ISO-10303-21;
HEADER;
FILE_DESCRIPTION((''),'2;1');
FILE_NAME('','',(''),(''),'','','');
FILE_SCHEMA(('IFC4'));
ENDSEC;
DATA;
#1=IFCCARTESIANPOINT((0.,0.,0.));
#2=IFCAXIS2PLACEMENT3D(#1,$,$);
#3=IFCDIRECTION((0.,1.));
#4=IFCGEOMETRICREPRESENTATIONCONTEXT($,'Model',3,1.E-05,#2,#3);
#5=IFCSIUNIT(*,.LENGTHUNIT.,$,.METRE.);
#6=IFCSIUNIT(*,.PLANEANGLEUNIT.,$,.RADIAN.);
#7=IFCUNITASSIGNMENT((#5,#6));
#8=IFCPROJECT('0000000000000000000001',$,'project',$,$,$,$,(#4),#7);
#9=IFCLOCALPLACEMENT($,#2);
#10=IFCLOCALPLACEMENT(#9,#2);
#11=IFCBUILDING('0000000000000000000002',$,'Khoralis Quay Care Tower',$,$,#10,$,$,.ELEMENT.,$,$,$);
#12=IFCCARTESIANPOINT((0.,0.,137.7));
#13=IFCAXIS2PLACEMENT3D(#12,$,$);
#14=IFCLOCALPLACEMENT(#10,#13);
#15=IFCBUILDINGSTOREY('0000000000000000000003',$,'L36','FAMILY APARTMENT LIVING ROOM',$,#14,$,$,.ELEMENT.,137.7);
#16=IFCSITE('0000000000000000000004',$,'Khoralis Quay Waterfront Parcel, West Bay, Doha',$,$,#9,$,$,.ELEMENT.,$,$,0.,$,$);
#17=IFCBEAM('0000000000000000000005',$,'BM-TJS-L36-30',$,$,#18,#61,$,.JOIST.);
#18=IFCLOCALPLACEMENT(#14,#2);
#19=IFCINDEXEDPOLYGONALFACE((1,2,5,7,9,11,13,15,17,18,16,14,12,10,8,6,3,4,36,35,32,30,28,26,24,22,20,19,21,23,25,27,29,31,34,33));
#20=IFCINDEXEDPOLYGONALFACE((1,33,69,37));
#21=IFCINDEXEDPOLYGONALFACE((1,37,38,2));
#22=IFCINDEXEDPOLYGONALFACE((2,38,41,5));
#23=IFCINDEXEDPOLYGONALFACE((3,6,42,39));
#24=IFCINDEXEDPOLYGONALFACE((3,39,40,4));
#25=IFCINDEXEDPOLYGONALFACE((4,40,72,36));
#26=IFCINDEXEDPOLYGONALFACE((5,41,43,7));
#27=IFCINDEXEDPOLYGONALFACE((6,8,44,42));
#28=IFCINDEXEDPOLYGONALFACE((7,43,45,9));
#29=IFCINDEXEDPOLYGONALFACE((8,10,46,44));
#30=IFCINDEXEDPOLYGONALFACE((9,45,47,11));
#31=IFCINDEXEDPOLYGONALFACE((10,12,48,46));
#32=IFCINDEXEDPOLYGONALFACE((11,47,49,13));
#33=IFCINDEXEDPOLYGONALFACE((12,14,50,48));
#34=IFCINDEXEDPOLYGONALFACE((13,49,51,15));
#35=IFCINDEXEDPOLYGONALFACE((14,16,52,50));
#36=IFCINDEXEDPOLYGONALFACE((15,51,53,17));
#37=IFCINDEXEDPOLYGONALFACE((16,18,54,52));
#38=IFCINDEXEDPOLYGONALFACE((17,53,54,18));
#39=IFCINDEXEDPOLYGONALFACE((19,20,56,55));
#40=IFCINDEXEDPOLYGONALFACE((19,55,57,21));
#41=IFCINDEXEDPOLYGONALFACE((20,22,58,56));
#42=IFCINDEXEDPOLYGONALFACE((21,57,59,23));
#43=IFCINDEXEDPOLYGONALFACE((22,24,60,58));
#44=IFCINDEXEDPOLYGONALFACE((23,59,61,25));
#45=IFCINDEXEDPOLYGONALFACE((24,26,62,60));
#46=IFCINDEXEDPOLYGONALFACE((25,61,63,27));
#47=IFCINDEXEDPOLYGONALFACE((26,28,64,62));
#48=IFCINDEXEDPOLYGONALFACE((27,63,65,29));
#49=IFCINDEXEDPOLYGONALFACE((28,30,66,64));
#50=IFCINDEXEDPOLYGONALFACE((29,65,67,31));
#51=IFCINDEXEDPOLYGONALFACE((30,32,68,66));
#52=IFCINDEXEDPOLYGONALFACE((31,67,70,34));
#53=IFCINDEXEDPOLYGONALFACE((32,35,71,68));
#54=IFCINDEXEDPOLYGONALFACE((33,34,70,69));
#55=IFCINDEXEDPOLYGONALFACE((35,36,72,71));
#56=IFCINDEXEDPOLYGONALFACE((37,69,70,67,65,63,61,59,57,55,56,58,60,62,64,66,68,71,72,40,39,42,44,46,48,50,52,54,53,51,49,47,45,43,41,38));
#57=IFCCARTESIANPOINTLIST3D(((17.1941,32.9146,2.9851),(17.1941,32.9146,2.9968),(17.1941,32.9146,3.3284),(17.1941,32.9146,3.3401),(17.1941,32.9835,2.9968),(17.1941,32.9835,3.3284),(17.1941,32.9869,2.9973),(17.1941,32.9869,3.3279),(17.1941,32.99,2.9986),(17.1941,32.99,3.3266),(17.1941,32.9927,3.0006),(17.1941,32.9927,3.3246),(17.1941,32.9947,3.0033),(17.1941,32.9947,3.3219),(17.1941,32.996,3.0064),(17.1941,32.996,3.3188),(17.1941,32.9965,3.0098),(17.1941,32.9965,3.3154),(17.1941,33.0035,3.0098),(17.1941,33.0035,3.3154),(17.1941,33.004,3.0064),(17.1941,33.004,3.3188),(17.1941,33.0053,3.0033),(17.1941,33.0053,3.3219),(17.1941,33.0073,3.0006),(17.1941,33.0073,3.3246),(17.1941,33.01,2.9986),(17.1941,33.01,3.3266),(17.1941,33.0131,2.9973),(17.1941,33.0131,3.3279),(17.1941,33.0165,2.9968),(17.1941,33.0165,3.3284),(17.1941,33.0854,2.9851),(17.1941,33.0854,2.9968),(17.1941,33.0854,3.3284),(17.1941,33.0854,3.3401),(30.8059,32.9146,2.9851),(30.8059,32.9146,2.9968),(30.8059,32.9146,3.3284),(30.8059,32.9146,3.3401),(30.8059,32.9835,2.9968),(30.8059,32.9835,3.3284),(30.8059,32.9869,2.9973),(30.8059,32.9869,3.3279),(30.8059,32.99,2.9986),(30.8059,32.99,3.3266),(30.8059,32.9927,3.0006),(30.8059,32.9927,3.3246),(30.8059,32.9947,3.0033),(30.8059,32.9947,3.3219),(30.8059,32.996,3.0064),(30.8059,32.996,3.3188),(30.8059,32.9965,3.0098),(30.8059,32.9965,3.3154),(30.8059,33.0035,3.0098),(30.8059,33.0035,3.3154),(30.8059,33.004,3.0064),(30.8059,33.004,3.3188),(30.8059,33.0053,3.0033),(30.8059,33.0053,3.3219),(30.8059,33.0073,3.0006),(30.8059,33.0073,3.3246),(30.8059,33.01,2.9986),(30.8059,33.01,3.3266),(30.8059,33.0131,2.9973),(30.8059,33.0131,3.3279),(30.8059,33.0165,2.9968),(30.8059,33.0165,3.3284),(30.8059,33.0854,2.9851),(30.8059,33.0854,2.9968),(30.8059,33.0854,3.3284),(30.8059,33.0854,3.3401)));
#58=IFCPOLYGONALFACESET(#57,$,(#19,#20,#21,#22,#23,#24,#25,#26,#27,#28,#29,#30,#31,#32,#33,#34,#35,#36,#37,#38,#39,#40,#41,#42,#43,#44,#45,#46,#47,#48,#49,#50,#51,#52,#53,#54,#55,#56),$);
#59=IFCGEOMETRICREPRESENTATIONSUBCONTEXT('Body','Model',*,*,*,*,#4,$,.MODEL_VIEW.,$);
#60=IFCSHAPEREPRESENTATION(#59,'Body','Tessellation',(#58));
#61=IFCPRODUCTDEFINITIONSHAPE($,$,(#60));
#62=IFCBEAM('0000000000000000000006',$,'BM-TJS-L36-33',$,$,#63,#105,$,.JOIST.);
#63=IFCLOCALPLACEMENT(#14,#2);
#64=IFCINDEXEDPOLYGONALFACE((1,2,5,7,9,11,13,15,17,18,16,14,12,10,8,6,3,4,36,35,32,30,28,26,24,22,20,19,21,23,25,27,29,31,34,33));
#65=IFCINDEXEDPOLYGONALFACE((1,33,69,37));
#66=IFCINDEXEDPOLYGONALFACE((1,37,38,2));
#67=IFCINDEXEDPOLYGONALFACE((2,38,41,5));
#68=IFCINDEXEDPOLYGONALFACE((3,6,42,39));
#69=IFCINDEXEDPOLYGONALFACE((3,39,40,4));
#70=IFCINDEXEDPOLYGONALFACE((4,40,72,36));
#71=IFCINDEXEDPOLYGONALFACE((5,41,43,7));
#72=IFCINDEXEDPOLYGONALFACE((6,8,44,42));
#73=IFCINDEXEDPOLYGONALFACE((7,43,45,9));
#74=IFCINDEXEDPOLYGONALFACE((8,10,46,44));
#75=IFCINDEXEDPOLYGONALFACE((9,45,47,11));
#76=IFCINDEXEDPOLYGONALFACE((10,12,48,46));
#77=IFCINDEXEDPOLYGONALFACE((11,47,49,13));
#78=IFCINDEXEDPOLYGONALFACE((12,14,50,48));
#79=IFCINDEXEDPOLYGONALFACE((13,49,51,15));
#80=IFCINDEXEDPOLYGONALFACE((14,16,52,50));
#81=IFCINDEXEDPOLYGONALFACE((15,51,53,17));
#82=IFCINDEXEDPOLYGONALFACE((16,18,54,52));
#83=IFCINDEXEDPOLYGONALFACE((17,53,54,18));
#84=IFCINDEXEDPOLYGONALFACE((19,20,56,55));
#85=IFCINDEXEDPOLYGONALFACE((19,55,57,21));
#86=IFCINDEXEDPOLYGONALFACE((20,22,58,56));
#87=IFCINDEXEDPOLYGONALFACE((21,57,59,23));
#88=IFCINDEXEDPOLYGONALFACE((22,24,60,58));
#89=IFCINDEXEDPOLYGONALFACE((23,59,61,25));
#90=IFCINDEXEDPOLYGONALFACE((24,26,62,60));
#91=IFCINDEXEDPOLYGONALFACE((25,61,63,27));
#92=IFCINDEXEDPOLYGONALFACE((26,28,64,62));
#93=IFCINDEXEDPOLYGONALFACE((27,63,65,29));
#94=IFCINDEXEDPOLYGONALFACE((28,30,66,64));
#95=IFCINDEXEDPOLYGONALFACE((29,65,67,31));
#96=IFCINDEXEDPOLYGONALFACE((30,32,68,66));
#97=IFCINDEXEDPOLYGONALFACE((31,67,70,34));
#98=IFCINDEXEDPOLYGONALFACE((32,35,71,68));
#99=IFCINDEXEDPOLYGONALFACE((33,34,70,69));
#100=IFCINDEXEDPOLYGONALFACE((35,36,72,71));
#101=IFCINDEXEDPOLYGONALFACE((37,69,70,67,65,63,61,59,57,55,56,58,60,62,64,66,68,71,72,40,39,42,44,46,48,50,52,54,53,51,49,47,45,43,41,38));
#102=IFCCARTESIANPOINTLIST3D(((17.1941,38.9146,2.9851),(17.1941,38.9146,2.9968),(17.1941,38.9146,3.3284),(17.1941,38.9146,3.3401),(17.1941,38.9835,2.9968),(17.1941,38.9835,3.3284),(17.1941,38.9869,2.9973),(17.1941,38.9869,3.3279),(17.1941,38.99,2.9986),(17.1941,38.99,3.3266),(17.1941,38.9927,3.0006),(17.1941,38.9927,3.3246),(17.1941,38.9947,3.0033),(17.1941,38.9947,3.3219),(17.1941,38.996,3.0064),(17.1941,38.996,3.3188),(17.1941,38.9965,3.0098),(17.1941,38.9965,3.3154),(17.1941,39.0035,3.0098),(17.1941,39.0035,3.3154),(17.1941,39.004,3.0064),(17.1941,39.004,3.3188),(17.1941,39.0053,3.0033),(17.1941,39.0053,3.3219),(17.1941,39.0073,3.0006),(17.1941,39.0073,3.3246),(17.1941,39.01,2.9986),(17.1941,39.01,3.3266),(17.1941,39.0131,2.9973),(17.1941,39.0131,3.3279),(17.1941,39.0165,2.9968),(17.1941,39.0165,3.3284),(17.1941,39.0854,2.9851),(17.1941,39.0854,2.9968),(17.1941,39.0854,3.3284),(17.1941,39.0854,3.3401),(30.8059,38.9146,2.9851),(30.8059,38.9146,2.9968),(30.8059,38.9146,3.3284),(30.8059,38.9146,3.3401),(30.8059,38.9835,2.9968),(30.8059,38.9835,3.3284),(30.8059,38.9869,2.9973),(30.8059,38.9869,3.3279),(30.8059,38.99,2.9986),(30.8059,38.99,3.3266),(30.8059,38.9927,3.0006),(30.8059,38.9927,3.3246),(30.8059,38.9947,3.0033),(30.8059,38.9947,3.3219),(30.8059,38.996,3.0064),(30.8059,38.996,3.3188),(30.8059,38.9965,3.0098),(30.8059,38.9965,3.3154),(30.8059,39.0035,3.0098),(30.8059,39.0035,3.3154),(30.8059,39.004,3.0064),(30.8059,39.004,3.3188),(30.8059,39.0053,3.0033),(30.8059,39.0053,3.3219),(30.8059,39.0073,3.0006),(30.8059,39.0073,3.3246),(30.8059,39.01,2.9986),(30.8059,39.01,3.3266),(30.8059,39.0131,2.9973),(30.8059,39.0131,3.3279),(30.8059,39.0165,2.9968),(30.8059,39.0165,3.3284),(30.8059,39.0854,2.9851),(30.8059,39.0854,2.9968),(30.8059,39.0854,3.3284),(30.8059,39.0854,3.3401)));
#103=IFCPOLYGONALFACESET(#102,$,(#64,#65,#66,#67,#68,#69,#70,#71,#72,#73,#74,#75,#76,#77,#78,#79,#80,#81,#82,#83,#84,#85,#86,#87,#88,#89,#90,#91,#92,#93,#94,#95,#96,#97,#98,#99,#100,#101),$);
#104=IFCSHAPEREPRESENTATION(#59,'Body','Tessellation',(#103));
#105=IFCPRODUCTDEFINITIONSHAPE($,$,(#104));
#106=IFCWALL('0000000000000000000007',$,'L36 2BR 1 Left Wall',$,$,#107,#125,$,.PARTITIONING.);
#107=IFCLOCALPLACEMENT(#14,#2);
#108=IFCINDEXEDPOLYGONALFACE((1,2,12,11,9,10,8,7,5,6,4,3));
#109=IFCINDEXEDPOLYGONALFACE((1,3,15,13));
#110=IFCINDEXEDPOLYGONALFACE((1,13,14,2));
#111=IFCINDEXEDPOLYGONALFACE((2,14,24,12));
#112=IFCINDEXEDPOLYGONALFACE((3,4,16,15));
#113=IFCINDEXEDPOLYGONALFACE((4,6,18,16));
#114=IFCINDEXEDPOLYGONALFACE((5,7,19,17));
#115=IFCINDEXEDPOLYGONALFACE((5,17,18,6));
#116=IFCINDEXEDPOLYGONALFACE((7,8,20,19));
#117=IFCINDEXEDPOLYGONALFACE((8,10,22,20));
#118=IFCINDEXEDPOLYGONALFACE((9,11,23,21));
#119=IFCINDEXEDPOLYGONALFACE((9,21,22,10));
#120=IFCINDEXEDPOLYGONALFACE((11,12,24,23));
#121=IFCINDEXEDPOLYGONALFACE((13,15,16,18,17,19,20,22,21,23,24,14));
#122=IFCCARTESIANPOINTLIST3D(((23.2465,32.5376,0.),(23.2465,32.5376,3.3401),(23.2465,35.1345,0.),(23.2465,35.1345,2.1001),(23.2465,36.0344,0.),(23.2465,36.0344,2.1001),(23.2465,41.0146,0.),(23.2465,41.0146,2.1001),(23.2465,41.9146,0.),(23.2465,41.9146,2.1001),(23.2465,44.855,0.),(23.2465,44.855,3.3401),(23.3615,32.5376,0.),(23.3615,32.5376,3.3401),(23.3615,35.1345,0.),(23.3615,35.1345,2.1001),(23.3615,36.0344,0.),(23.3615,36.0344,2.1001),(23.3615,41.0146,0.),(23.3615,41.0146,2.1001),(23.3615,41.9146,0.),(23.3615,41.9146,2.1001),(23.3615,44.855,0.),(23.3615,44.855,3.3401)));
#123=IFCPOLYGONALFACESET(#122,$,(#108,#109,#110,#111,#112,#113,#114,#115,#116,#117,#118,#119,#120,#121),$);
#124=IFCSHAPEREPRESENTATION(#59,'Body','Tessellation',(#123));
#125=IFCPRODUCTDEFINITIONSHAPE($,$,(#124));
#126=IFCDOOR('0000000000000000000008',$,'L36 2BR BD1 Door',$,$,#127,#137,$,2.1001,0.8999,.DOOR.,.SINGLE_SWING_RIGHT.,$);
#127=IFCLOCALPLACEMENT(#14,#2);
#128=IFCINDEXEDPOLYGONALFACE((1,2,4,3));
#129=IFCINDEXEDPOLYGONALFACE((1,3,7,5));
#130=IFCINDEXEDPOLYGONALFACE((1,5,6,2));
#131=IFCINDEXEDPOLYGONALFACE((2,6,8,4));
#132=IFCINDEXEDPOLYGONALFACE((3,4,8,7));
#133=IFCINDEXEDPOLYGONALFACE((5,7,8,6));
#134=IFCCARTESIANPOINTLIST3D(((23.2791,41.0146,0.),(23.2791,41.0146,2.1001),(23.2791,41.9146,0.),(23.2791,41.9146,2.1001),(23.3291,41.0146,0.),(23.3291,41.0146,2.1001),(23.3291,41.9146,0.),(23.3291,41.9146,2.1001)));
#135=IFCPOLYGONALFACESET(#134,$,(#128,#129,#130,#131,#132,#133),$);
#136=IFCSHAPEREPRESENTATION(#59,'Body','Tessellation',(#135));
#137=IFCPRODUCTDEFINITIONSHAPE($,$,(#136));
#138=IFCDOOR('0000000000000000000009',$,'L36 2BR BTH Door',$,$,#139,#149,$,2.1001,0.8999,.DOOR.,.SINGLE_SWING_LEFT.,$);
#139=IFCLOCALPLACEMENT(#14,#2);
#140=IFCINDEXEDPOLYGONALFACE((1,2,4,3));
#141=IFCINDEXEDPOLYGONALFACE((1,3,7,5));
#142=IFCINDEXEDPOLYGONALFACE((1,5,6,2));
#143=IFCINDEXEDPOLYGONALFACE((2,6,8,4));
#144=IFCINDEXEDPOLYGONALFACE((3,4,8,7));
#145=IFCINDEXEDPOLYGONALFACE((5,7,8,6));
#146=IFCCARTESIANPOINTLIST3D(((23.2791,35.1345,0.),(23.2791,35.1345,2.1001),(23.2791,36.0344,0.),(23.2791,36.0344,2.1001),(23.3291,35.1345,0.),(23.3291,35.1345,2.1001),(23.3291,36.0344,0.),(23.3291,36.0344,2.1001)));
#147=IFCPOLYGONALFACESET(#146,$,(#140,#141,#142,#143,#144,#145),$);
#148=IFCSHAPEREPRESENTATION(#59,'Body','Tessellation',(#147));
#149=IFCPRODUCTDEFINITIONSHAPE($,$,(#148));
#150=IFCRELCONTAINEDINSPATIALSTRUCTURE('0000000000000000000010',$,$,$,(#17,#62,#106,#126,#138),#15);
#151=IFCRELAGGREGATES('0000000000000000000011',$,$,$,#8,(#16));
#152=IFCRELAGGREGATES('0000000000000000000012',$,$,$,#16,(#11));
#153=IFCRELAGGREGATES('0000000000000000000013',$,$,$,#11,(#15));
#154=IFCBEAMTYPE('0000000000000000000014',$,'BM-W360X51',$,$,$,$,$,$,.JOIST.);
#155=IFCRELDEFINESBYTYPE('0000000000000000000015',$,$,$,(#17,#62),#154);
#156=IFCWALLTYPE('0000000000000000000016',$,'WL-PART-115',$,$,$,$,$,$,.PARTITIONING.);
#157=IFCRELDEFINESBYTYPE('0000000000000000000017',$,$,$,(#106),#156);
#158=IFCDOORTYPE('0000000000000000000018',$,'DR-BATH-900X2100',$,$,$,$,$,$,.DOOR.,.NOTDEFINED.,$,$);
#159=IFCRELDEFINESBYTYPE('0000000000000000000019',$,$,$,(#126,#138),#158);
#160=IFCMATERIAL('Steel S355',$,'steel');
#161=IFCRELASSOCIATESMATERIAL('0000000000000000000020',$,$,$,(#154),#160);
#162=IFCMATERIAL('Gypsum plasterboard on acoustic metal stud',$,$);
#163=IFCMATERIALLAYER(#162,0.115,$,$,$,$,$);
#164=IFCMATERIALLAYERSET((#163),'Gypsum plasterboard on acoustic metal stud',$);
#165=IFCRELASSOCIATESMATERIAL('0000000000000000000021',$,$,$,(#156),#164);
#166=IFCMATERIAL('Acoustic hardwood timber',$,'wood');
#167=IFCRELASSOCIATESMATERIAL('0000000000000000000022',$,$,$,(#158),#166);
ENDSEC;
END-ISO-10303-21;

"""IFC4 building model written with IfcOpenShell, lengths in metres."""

from ifc_helpers import new_model, si_unit, direction, frame, frame_2d, origin, origin_2d, place, context, subcontext, project, spatial, rectangle, i_section, extrude, source, transform, mapped, material, layer, layer_set, material_profile, profile_set, type_object, element, fill, save


model = new_model("IFC4")

# Units and contexts
model_context = context("Model", 3, precision=1e-05, world=origin(), true_north=direction((0.0, 1.0)))
body_context = subcontext(model_context, "Body", "Model", "MODEL_VIEW")
ifc_project = project(units=[si_unit("LENGTHUNIT", "METRE"), si_unit("PLANEANGLEUNIT", "RADIAN")], contexts=[model_context])

# Site, building, storey
site_placement = place(None, origin())
site = spatial("IfcSite", under=ifc_project, at=site_placement, Name="Khoralis Quay Waterfront Parcel, West Bay, Doha", CompositionType="ELEMENT", RefElevation=0.0)
building_placement = place(site_placement, origin())
building = spatial("IfcBuilding", under=site, at=building_placement, Name="Khoralis Quay Care Tower", CompositionType="ELEMENT")
storey_placement = place(building_placement, frame((0.0, 0.0, 137.7)))
storey = spatial("IfcBuildingStorey", under=building, at=storey_placement, Name="L36", Description="FAMILY APARTMENT LIVING ROOM", CompositionType="ELEMENT", Elevation=137.7)

# Beams
ifc_material_1 = material(Name="Steel S355", Category="steel")
ifc_material_profile_1 = material_profile(ifc_material_1, i_section(OverallWidth=0.1709, OverallDepth=0.355, WebThickness=0.0071, FlangeThickness=0.0117, FilletRadius=0.0129, at=origin_2d()), Name="Steel S355")
ifc_profile_set_1 = profile_set([ifc_material_profile_1], Name="Steel S355")
beam_type_1 = type_object("IfcBeamType", Name="BM-W360X51", PredefinedType="JOIST", material=ifc_profile_set_1)
shared_shape_1 = source(origin(), body_context, "Body", "SweptSolid", [
    extrude(i_section(OverallWidth=0.1709, OverallDepth=0.355, WebThickness=0.0071, FlangeThickness=0.0117, FilletRadius=0.0129, at=origin_2d()), origin(), (0.0, 0.0, 1.0), 13.6118),
])
for number, where, z_axis, x_axis, name in (
    (1, (17.1941, 33.0, 3.1626), (1.0, 0.0, 0.0), (0.0, 1.0, 0.0), "BM-TJS-L36-30"),
    (2, (17.1941, 39.0, 3.1626), (1.0, 0.0, 0.0), (0.0, 1.0, 0.0), "BM-TJS-L36-33"),
):
    element("IfcBeam", number, at=place(storey_placement, frame(where, z_axis=z_axis, x_axis=x_axis)), inside=storey, type_object=beam_type_1, Name=name, PredefinedType="JOIST", context=body_context, shape_type="MappedRepresentation", body=[
        mapped(shared_shape_1, transform((0.0, 0.0, 0.0), scale=1.0)),
    ])

# Wall, openings, doors
ifc_material_2 = material(Name="Gypsum plasterboard on acoustic metal stud")
ifc_layer_1 = layer(ifc_material_2, 0.115)
ifc_layer_set_1 = layer_set([ifc_layer_1], Name="Gypsum plasterboard on acoustic metal stud")
wall_type_1 = type_object("IfcWallType", Name="WL-PART-115", PredefinedType="PARTITIONING", material=ifc_layer_set_1)
wall_1_placement = place(storey_placement, frame((23.304, 32.5376, 0.0), z_axis=(0.0, 0.0, 1.0), x_axis=(0.0, 1.0, 0.0)))
wall_1 = element("IfcWall", 3, at=wall_1_placement, inside=storey, type_object=wall_type_1, Name="L36 2BR 1 Left Wall", PredefinedType="PARTITIONING", context=body_context, shape_type="SweptSolid", body=[
    extrude(rectangle(XDim=12.3174, YDim=0.115, at=frame_2d((6.1587, 0.0))), origin(), (0.0, 0.0, 1.0), 3.3401),
])
opening_1_placement = place(wall_1_placement, frame((8.4771, 0.0, 0.0)))
opening_1 = element("IfcOpeningElement", 4, at=opening_1_placement, cuts=wall_1, PredefinedType="OPENING", context=body_context, shape_type="SweptSolid", body=[
    extrude(rectangle(XDim=0.8999, YDim=2.1001, at=frame_2d((0.45, 1.05))), frame((0.0, 0.0674, 0.0), z_axis=(0.0, -1.0, 0.0), x_axis=(1.0, 0.0, 0.0)), (0.0, 0.0, 1.0), 0.135),
])
opening_2_placement = place(wall_1_placement, frame((2.5969, 0.0, 0.0)))
opening_2 = element("IfcOpeningElement", 5, at=opening_2_placement, cuts=wall_1, PredefinedType="OPENING", context=body_context, shape_type="SweptSolid", body=[
    extrude(rectangle(XDim=0.8999, YDim=2.1001, at=frame_2d((0.45, 1.05))), frame((0.0, 0.0674, 0.0), z_axis=(0.0, -1.0, 0.0), x_axis=(1.0, 0.0, 0.0)), (0.0, 0.0, 1.0), 0.135),
])
ifc_material_3 = material(Name="Acoustic hardwood timber", Category="wood")
door_type = type_object("IfcDoorType", Name="DR-BATH-900X2100", OperationType="NOTDEFINED", PredefinedType="DOOR", material=ifc_material_3)
shared_shape_2 = source(origin(), body_context, "Body", "SweptSolid", [
    extrude(rectangle(XDim=0.8999, YDim=2.1001, at=frame_2d((0.45, 1.05))), frame((0.0, 0.0249, 0.0), z_axis=(0.0, -1.0, 0.0), x_axis=(1.0, 0.0, 0.0)), (0.0, 0.0, 1.0), 0.05),
])
door_1_placement = place(opening_1_placement, origin())
door_1 = element("IfcDoor", 6, at=door_1_placement, inside=storey, type_object=door_type, Name="L36 2BR BD1 Door", OperationType="SINGLE_SWING_RIGHT", OverallHeight=2.1001, OverallWidth=0.8999, PredefinedType="DOOR", context=body_context, shape_type="MappedRepresentation", body=[
    mapped(shared_shape_2, transform((0.0, 0.0, 0.0), scale=1.0)),
])
fill(opening_1, door_1)
door_2_placement = place(opening_2_placement, origin())
door_2 = element("IfcDoor", 7, at=door_2_placement, inside=storey, type_object=door_type, Name="L36 2BR BTH Door", OperationType="SINGLE_SWING_LEFT", OverallHeight=2.1001, OverallWidth=0.8999, PredefinedType="DOOR", context=body_context, shape_type="MappedRepresentation", body=[
    mapped(shared_shape_2, transform((0.0, 0.0, 0.0), scale=1.0)),
])
fill(opening_2, door_2)

save(model, "model.ifc")
